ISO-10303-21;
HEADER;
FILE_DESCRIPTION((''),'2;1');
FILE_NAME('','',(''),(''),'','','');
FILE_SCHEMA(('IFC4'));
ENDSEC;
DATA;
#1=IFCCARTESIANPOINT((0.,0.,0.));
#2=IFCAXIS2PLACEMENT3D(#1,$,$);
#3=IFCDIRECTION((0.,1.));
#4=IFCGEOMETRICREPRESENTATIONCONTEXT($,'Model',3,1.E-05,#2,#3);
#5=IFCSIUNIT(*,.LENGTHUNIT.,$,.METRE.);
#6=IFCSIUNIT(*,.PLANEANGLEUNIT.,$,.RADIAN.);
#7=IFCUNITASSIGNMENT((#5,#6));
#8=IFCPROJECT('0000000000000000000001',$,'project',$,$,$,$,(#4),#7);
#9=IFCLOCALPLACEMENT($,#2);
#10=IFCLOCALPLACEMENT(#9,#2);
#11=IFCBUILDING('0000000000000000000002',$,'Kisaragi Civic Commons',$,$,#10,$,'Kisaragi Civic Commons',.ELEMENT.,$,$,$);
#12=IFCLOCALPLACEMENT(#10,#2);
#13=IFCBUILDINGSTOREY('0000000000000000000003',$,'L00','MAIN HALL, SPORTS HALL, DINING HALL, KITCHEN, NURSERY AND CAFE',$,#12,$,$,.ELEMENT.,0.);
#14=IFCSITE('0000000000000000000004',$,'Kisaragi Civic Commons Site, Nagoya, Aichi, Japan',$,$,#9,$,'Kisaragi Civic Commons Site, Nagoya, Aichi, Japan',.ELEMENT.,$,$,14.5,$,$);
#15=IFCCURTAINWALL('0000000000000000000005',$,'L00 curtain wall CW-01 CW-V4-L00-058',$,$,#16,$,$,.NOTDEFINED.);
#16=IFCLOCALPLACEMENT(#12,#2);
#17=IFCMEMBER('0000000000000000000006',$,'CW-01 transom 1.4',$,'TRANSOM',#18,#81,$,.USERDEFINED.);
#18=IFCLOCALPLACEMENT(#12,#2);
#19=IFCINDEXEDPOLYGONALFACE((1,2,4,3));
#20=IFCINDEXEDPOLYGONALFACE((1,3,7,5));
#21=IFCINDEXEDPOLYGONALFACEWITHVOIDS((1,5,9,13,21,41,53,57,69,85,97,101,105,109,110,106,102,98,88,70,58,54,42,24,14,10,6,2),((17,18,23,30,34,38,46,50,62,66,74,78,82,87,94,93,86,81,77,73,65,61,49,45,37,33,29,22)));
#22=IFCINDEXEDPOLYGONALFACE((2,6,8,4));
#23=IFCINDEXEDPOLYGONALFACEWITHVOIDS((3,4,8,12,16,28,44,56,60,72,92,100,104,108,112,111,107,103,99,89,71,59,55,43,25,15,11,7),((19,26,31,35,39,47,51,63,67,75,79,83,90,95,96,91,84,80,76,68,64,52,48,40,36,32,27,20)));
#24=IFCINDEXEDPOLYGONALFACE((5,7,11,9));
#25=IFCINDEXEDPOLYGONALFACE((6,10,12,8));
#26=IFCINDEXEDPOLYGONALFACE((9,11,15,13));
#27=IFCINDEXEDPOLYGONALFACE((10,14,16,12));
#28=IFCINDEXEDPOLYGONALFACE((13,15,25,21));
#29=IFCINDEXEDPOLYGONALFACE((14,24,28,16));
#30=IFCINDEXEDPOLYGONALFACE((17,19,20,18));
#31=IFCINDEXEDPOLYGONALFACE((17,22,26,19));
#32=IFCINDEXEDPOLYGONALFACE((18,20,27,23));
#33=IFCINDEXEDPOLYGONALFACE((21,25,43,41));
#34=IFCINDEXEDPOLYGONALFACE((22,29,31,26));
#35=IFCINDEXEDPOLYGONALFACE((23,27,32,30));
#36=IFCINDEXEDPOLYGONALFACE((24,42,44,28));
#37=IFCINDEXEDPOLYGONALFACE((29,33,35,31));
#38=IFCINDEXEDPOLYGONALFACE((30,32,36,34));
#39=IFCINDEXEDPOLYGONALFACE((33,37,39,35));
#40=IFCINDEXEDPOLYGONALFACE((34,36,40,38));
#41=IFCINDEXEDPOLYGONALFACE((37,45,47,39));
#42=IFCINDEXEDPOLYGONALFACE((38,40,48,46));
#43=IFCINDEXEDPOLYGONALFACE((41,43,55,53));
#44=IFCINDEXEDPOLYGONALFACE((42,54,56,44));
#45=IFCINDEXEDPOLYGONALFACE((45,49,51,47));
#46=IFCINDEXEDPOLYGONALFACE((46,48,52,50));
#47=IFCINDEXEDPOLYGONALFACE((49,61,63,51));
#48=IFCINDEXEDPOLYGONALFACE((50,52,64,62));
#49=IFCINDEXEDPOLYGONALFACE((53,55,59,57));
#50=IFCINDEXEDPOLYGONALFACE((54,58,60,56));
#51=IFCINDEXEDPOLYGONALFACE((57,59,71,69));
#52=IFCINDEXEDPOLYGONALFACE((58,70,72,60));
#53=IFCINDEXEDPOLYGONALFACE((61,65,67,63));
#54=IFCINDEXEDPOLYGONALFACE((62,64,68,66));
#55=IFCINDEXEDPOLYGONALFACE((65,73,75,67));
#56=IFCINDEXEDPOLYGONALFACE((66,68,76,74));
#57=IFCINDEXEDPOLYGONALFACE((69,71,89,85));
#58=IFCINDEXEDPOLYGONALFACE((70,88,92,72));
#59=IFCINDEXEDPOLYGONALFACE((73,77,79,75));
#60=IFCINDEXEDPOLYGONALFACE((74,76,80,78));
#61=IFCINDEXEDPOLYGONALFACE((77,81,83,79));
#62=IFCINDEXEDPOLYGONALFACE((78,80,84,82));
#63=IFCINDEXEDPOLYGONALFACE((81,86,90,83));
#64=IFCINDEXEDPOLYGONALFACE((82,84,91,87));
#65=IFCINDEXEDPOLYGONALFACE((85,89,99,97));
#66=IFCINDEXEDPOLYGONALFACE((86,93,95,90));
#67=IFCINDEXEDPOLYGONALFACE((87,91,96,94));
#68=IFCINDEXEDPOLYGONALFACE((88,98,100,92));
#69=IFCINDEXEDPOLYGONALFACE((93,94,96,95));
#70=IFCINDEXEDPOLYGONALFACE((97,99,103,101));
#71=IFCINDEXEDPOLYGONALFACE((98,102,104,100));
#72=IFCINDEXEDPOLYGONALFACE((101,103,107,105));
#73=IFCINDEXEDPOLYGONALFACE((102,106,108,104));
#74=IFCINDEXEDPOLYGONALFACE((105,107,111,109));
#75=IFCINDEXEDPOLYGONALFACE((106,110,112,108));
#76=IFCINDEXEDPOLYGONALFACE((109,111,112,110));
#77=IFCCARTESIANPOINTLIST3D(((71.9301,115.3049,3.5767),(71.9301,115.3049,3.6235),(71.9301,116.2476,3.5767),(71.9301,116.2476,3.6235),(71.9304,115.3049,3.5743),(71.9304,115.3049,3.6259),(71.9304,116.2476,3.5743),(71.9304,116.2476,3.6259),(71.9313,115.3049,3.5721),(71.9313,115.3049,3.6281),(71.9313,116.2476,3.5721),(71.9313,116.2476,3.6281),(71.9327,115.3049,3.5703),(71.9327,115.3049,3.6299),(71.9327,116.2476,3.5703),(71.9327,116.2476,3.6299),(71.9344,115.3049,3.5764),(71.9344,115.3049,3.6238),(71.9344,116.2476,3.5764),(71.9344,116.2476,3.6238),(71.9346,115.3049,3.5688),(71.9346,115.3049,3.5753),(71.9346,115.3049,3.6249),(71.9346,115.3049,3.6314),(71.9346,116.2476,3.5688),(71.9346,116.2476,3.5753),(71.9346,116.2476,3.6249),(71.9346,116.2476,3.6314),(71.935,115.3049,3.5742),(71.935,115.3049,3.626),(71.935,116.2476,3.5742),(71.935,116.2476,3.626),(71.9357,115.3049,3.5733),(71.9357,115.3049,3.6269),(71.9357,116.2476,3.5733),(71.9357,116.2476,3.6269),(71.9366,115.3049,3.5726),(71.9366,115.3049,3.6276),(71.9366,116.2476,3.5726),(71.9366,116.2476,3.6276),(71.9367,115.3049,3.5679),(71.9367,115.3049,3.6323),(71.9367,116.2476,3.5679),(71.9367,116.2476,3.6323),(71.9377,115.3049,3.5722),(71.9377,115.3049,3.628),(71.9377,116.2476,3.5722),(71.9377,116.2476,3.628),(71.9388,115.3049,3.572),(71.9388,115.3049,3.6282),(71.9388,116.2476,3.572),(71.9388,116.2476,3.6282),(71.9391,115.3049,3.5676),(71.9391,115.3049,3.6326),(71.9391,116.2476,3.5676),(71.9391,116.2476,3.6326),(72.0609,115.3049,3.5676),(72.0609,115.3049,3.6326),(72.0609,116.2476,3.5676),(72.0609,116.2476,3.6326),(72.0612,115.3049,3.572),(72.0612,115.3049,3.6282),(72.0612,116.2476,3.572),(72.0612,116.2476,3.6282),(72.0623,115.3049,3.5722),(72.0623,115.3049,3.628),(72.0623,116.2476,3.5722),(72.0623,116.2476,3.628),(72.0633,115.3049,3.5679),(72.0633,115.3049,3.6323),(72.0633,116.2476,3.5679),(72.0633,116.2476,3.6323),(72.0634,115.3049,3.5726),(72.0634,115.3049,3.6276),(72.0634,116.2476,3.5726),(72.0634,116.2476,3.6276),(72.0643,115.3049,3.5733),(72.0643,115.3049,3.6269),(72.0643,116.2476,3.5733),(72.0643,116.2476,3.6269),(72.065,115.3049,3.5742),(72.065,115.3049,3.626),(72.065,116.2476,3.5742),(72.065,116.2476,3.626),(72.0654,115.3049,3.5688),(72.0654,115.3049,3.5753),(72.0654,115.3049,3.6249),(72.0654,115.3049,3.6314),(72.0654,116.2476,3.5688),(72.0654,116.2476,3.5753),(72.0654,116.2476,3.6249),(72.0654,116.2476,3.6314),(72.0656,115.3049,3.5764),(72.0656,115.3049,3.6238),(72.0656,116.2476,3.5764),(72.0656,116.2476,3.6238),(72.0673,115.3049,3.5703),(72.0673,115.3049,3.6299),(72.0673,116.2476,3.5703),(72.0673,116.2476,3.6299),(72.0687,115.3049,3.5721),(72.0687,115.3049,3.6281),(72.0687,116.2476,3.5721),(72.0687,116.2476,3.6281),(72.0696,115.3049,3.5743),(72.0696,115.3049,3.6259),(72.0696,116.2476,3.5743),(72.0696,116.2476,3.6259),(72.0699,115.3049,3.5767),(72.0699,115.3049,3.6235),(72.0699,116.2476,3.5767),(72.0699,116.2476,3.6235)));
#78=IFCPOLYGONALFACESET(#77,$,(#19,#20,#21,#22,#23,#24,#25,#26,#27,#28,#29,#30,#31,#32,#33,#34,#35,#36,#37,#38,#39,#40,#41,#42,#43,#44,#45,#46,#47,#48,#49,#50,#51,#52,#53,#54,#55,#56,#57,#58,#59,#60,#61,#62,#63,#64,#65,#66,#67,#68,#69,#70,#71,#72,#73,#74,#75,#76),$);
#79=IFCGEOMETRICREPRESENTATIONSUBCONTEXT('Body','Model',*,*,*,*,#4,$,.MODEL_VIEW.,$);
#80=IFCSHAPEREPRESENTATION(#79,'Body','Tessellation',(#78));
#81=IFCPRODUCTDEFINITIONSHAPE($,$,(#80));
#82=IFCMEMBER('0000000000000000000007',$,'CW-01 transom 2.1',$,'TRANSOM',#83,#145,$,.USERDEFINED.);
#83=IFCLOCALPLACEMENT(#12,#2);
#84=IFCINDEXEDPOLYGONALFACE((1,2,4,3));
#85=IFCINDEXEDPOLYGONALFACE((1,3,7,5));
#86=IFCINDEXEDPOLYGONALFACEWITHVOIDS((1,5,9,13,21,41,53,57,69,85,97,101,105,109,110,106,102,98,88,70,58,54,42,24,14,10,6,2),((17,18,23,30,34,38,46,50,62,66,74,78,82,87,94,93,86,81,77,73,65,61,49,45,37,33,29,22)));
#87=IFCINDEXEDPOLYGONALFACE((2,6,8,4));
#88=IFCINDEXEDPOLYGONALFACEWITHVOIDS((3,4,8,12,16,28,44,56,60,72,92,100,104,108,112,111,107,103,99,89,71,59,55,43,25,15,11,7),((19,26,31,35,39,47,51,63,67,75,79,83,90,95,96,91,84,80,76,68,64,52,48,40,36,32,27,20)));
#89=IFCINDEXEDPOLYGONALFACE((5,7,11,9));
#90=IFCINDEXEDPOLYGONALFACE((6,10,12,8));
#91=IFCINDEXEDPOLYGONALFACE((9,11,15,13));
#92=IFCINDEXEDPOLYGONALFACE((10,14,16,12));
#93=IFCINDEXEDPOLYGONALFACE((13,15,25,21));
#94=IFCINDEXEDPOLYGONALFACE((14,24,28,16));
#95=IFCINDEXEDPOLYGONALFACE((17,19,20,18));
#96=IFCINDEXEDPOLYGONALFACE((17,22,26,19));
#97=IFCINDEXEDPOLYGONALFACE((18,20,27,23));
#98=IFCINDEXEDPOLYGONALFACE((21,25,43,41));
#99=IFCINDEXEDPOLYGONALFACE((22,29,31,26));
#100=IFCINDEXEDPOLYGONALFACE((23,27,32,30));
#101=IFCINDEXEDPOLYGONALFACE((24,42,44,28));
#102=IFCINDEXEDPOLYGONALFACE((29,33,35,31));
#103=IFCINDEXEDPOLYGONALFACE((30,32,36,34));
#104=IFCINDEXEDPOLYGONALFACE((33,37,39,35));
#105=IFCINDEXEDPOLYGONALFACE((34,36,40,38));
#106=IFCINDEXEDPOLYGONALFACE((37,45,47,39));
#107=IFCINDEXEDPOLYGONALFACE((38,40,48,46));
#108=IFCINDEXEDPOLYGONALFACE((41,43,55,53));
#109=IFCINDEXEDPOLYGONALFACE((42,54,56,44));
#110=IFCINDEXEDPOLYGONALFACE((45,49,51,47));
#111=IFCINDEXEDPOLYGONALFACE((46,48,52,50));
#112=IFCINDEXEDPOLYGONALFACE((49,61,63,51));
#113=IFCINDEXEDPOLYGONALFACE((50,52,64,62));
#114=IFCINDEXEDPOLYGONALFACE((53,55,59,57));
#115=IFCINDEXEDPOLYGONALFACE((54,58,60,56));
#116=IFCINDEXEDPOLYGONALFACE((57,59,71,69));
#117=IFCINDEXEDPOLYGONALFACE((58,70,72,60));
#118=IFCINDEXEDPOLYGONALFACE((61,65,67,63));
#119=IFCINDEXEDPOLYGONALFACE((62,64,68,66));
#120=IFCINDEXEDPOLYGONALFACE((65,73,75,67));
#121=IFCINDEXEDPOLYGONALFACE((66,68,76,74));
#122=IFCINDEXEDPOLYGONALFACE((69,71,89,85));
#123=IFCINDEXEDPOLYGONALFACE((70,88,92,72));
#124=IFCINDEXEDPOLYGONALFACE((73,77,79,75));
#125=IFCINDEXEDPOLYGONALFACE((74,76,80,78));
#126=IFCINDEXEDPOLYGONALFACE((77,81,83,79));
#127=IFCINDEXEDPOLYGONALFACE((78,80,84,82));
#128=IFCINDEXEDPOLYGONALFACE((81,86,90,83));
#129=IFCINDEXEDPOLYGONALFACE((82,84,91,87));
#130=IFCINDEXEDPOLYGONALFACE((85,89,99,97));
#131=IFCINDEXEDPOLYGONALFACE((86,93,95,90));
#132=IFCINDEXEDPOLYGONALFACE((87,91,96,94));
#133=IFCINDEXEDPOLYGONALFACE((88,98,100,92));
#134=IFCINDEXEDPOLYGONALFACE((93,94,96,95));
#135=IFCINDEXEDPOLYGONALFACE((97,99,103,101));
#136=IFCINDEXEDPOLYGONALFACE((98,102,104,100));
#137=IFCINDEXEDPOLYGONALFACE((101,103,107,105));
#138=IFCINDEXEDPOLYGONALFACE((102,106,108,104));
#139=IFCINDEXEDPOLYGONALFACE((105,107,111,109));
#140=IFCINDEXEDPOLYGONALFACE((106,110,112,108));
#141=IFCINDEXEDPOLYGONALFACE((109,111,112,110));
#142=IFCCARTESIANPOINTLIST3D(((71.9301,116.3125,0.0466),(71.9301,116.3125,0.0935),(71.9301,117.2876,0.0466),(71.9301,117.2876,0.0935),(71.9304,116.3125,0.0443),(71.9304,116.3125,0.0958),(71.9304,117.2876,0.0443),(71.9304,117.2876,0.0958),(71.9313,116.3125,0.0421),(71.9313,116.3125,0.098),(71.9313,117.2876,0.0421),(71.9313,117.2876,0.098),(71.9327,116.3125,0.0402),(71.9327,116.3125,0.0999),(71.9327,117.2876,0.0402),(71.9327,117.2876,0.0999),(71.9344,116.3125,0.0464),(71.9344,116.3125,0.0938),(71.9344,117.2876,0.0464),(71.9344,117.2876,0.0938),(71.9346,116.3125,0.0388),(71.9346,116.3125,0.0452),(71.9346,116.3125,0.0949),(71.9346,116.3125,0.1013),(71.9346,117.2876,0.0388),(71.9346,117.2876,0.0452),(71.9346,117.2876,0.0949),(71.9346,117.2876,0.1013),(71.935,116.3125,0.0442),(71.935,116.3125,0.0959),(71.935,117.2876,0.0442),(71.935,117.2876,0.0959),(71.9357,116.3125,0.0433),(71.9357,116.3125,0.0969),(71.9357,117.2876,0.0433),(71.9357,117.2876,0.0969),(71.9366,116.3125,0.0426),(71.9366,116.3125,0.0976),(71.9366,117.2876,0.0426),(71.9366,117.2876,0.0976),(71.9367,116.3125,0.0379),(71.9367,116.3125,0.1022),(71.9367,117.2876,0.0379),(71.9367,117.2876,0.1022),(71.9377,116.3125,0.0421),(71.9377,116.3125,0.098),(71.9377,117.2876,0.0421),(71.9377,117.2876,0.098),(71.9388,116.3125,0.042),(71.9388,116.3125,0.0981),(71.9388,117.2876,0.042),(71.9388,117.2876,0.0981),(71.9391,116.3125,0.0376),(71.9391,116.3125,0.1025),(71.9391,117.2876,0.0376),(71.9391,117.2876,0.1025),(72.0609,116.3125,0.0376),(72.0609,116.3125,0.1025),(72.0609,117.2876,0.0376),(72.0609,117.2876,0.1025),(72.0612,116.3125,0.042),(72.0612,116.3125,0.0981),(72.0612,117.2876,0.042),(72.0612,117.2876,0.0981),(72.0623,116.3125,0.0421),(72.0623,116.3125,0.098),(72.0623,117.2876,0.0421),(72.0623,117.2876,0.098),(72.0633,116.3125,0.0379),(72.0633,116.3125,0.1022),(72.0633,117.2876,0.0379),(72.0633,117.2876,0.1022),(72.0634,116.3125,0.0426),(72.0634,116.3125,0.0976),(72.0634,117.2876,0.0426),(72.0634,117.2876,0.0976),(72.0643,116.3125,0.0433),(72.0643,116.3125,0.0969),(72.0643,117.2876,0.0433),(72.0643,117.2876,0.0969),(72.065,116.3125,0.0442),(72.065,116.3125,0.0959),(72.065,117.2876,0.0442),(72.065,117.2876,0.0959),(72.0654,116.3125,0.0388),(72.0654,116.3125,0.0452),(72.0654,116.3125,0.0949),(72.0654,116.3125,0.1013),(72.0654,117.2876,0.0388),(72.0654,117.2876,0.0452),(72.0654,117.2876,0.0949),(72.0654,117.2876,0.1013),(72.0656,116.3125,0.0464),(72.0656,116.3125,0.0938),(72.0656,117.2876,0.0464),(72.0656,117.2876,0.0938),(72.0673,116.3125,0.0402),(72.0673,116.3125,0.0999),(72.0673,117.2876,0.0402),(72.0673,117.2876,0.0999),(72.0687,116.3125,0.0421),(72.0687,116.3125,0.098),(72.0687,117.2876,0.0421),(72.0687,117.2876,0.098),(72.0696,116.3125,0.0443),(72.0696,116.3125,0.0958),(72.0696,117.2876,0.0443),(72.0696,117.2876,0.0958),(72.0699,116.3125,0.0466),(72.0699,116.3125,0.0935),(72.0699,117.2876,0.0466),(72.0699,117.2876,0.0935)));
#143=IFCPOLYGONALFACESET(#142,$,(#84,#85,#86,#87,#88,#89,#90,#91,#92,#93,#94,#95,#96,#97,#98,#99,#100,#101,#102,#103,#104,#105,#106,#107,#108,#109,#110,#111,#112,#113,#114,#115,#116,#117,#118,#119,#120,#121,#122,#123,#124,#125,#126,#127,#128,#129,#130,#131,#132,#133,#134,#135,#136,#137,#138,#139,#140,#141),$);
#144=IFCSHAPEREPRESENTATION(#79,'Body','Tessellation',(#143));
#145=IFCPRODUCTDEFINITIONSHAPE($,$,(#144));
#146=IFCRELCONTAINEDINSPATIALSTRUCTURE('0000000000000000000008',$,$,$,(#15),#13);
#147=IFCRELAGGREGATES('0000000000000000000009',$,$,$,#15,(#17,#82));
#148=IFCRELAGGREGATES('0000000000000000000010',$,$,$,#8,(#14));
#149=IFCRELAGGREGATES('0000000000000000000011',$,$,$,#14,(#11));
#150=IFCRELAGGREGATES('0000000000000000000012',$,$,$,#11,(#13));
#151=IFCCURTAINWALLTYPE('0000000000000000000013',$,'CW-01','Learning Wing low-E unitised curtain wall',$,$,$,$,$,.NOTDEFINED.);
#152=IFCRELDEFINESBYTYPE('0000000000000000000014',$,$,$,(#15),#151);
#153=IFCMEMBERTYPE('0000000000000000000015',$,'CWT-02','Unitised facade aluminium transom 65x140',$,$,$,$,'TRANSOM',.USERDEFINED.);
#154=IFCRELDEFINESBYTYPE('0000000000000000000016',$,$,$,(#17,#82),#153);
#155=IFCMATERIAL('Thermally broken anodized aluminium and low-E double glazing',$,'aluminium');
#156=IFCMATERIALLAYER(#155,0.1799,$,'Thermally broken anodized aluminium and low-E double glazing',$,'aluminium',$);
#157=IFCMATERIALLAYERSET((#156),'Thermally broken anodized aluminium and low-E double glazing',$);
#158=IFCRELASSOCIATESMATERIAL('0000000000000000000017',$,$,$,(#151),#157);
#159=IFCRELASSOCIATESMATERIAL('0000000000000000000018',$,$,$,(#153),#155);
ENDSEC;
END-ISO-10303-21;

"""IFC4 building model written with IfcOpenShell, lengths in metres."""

from ifc_helpers import new_model, si_unit, direction, frame, origin, origin_2d, place, context, subcontext, project, spatial, hollow_rectangle, extrude, material, layer, layer_set, material_profile, profile_set, type_object, element, aggregate, save


model = new_model("IFC4")

# Units and contexts
model_context = context("Model", 3, precision=1e-05, world=origin(), true_north=direction((0.0, 1.0)))
body_context = subcontext(model_context, "Body", "Model", "MODEL_VIEW")
ifc_project = project(units=[si_unit("LENGTHUNIT", "METRE"), si_unit("PLANEANGLEUNIT", "RADIAN")], contexts=[model_context])

# Site, building, storey
site_placement = place(None, origin())
site = spatial("IfcSite", under=ifc_project, at=site_placement, Name="Kisaragi Civic Commons Site, Nagoya, Aichi, Japan", LongName="Kisaragi Civic Commons Site, Nagoya, Aichi, Japan", CompositionType="ELEMENT", RefElevation=14.5)
building_placement = place(site_placement, origin())
building = spatial("IfcBuilding", under=site, at=building_placement, Name="Kisaragi Civic Commons", LongName="Kisaragi Civic Commons", CompositionType="ELEMENT")
storey_placement = place(building_placement, origin())
storey = spatial("IfcBuildingStorey", under=building, at=storey_placement, Name="L00", Description="MAIN HALL, SPORTS HALL, DINING HALL, KITCHEN, NURSERY AND CAFE", CompositionType="ELEMENT", Elevation=0.0)

# Shared definitions
ifc_material_1 = material(Name="Thermally broken anodized aluminium and low-E double glazing", Category="aluminium")
ifc_layer_1 = layer(ifc_material_1, 0.1799, Name="Thermally broken anodized aluminium and low-E double glazing", Category="aluminium")
ifc_layer_set_1 = layer_set([ifc_layer_1], Name="Thermally broken anodized aluminium and low-E double glazing")
curtain_wall_type = type_object("IfcCurtainWallType", Name="CW-01", Description="Learning Wing low-E unitised curtain wall", PredefinedType="NOTDEFINED", material=ifc_layer_set_1)

# Curtain wall, members
curtain_wall_1_placement = place(storey_placement, origin())
curtain_wall_1 = element("IfcCurtainWall", 1, at=curtain_wall_1_placement, inside=storey, type_object=curtain_wall_type, Name="L00 curtain wall CW-01 CW-V4-L00-058", PredefinedType="NOTDEFINED")
ifc_material_profile_1 = material_profile(ifc_material_1, hollow_rectangle(XDim=0.1399, YDim=0.0649, WallThickness=0.0044, InnerFilletRadius=0.0044, OuterFilletRadius=0.009, at=origin_2d()), Name="CWT-65x140x4.5", Category="aluminium")
ifc_profile_set_1 = profile_set([ifc_material_profile_1], Name="Thermally broken anodized aluminium and low-E double glazing")
member_type_1 = type_object("IfcMemberType", Name="CWT-02", Description="Unitised facade aluminium transom 65x140", ElementType="TRANSOM", PredefinedType="USERDEFINED", material=ifc_profile_set_1)
member_1_placement = place(storey_placement, frame((72.0, 115.3049, 3.6001), z_axis=(0.0, 1.0, 0.0), x_axis=(-1.0, 0.0, 0.0)))
member_1 = element("IfcMember", 2, at=member_1_placement, type_object=member_type_1, Name="CW-01 transom 1.4", ObjectType="TRANSOM", PredefinedType="USERDEFINED", context=body_context, shape_type="SweptSolid", body=[
    extrude(hollow_rectangle(XDim=0.1399, YDim=0.0649, WallThickness=0.0044, InnerFilletRadius=0.0044, OuterFilletRadius=0.009, at=origin_2d()), origin(), (0.0, 0.0, 1.0), 0.9426),
])
member_2_placement = place(storey_placement, frame((72.0, 116.3125, 0.0701), z_axis=(0.0, 1.0, 0.0), x_axis=(-1.0, 0.0, 0.0)))
member_2 = element("IfcMember", 3, at=member_2_placement, type_object=member_type_1, Name="CW-01 transom 2.1", ObjectType="TRANSOM", PredefinedType="USERDEFINED", context=body_context, shape_type="SweptSolid", body=[
    extrude(hollow_rectangle(XDim=0.1399, YDim=0.0649, WallThickness=0.0044, InnerFilletRadius=0.0044, OuterFilletRadius=0.009, at=origin_2d()), origin(), (0.0, 0.0, 1.0), 0.9751),
])

aggregate(curtain_wall_1, [member_1, member_2])

save(model, "model.ifc")
